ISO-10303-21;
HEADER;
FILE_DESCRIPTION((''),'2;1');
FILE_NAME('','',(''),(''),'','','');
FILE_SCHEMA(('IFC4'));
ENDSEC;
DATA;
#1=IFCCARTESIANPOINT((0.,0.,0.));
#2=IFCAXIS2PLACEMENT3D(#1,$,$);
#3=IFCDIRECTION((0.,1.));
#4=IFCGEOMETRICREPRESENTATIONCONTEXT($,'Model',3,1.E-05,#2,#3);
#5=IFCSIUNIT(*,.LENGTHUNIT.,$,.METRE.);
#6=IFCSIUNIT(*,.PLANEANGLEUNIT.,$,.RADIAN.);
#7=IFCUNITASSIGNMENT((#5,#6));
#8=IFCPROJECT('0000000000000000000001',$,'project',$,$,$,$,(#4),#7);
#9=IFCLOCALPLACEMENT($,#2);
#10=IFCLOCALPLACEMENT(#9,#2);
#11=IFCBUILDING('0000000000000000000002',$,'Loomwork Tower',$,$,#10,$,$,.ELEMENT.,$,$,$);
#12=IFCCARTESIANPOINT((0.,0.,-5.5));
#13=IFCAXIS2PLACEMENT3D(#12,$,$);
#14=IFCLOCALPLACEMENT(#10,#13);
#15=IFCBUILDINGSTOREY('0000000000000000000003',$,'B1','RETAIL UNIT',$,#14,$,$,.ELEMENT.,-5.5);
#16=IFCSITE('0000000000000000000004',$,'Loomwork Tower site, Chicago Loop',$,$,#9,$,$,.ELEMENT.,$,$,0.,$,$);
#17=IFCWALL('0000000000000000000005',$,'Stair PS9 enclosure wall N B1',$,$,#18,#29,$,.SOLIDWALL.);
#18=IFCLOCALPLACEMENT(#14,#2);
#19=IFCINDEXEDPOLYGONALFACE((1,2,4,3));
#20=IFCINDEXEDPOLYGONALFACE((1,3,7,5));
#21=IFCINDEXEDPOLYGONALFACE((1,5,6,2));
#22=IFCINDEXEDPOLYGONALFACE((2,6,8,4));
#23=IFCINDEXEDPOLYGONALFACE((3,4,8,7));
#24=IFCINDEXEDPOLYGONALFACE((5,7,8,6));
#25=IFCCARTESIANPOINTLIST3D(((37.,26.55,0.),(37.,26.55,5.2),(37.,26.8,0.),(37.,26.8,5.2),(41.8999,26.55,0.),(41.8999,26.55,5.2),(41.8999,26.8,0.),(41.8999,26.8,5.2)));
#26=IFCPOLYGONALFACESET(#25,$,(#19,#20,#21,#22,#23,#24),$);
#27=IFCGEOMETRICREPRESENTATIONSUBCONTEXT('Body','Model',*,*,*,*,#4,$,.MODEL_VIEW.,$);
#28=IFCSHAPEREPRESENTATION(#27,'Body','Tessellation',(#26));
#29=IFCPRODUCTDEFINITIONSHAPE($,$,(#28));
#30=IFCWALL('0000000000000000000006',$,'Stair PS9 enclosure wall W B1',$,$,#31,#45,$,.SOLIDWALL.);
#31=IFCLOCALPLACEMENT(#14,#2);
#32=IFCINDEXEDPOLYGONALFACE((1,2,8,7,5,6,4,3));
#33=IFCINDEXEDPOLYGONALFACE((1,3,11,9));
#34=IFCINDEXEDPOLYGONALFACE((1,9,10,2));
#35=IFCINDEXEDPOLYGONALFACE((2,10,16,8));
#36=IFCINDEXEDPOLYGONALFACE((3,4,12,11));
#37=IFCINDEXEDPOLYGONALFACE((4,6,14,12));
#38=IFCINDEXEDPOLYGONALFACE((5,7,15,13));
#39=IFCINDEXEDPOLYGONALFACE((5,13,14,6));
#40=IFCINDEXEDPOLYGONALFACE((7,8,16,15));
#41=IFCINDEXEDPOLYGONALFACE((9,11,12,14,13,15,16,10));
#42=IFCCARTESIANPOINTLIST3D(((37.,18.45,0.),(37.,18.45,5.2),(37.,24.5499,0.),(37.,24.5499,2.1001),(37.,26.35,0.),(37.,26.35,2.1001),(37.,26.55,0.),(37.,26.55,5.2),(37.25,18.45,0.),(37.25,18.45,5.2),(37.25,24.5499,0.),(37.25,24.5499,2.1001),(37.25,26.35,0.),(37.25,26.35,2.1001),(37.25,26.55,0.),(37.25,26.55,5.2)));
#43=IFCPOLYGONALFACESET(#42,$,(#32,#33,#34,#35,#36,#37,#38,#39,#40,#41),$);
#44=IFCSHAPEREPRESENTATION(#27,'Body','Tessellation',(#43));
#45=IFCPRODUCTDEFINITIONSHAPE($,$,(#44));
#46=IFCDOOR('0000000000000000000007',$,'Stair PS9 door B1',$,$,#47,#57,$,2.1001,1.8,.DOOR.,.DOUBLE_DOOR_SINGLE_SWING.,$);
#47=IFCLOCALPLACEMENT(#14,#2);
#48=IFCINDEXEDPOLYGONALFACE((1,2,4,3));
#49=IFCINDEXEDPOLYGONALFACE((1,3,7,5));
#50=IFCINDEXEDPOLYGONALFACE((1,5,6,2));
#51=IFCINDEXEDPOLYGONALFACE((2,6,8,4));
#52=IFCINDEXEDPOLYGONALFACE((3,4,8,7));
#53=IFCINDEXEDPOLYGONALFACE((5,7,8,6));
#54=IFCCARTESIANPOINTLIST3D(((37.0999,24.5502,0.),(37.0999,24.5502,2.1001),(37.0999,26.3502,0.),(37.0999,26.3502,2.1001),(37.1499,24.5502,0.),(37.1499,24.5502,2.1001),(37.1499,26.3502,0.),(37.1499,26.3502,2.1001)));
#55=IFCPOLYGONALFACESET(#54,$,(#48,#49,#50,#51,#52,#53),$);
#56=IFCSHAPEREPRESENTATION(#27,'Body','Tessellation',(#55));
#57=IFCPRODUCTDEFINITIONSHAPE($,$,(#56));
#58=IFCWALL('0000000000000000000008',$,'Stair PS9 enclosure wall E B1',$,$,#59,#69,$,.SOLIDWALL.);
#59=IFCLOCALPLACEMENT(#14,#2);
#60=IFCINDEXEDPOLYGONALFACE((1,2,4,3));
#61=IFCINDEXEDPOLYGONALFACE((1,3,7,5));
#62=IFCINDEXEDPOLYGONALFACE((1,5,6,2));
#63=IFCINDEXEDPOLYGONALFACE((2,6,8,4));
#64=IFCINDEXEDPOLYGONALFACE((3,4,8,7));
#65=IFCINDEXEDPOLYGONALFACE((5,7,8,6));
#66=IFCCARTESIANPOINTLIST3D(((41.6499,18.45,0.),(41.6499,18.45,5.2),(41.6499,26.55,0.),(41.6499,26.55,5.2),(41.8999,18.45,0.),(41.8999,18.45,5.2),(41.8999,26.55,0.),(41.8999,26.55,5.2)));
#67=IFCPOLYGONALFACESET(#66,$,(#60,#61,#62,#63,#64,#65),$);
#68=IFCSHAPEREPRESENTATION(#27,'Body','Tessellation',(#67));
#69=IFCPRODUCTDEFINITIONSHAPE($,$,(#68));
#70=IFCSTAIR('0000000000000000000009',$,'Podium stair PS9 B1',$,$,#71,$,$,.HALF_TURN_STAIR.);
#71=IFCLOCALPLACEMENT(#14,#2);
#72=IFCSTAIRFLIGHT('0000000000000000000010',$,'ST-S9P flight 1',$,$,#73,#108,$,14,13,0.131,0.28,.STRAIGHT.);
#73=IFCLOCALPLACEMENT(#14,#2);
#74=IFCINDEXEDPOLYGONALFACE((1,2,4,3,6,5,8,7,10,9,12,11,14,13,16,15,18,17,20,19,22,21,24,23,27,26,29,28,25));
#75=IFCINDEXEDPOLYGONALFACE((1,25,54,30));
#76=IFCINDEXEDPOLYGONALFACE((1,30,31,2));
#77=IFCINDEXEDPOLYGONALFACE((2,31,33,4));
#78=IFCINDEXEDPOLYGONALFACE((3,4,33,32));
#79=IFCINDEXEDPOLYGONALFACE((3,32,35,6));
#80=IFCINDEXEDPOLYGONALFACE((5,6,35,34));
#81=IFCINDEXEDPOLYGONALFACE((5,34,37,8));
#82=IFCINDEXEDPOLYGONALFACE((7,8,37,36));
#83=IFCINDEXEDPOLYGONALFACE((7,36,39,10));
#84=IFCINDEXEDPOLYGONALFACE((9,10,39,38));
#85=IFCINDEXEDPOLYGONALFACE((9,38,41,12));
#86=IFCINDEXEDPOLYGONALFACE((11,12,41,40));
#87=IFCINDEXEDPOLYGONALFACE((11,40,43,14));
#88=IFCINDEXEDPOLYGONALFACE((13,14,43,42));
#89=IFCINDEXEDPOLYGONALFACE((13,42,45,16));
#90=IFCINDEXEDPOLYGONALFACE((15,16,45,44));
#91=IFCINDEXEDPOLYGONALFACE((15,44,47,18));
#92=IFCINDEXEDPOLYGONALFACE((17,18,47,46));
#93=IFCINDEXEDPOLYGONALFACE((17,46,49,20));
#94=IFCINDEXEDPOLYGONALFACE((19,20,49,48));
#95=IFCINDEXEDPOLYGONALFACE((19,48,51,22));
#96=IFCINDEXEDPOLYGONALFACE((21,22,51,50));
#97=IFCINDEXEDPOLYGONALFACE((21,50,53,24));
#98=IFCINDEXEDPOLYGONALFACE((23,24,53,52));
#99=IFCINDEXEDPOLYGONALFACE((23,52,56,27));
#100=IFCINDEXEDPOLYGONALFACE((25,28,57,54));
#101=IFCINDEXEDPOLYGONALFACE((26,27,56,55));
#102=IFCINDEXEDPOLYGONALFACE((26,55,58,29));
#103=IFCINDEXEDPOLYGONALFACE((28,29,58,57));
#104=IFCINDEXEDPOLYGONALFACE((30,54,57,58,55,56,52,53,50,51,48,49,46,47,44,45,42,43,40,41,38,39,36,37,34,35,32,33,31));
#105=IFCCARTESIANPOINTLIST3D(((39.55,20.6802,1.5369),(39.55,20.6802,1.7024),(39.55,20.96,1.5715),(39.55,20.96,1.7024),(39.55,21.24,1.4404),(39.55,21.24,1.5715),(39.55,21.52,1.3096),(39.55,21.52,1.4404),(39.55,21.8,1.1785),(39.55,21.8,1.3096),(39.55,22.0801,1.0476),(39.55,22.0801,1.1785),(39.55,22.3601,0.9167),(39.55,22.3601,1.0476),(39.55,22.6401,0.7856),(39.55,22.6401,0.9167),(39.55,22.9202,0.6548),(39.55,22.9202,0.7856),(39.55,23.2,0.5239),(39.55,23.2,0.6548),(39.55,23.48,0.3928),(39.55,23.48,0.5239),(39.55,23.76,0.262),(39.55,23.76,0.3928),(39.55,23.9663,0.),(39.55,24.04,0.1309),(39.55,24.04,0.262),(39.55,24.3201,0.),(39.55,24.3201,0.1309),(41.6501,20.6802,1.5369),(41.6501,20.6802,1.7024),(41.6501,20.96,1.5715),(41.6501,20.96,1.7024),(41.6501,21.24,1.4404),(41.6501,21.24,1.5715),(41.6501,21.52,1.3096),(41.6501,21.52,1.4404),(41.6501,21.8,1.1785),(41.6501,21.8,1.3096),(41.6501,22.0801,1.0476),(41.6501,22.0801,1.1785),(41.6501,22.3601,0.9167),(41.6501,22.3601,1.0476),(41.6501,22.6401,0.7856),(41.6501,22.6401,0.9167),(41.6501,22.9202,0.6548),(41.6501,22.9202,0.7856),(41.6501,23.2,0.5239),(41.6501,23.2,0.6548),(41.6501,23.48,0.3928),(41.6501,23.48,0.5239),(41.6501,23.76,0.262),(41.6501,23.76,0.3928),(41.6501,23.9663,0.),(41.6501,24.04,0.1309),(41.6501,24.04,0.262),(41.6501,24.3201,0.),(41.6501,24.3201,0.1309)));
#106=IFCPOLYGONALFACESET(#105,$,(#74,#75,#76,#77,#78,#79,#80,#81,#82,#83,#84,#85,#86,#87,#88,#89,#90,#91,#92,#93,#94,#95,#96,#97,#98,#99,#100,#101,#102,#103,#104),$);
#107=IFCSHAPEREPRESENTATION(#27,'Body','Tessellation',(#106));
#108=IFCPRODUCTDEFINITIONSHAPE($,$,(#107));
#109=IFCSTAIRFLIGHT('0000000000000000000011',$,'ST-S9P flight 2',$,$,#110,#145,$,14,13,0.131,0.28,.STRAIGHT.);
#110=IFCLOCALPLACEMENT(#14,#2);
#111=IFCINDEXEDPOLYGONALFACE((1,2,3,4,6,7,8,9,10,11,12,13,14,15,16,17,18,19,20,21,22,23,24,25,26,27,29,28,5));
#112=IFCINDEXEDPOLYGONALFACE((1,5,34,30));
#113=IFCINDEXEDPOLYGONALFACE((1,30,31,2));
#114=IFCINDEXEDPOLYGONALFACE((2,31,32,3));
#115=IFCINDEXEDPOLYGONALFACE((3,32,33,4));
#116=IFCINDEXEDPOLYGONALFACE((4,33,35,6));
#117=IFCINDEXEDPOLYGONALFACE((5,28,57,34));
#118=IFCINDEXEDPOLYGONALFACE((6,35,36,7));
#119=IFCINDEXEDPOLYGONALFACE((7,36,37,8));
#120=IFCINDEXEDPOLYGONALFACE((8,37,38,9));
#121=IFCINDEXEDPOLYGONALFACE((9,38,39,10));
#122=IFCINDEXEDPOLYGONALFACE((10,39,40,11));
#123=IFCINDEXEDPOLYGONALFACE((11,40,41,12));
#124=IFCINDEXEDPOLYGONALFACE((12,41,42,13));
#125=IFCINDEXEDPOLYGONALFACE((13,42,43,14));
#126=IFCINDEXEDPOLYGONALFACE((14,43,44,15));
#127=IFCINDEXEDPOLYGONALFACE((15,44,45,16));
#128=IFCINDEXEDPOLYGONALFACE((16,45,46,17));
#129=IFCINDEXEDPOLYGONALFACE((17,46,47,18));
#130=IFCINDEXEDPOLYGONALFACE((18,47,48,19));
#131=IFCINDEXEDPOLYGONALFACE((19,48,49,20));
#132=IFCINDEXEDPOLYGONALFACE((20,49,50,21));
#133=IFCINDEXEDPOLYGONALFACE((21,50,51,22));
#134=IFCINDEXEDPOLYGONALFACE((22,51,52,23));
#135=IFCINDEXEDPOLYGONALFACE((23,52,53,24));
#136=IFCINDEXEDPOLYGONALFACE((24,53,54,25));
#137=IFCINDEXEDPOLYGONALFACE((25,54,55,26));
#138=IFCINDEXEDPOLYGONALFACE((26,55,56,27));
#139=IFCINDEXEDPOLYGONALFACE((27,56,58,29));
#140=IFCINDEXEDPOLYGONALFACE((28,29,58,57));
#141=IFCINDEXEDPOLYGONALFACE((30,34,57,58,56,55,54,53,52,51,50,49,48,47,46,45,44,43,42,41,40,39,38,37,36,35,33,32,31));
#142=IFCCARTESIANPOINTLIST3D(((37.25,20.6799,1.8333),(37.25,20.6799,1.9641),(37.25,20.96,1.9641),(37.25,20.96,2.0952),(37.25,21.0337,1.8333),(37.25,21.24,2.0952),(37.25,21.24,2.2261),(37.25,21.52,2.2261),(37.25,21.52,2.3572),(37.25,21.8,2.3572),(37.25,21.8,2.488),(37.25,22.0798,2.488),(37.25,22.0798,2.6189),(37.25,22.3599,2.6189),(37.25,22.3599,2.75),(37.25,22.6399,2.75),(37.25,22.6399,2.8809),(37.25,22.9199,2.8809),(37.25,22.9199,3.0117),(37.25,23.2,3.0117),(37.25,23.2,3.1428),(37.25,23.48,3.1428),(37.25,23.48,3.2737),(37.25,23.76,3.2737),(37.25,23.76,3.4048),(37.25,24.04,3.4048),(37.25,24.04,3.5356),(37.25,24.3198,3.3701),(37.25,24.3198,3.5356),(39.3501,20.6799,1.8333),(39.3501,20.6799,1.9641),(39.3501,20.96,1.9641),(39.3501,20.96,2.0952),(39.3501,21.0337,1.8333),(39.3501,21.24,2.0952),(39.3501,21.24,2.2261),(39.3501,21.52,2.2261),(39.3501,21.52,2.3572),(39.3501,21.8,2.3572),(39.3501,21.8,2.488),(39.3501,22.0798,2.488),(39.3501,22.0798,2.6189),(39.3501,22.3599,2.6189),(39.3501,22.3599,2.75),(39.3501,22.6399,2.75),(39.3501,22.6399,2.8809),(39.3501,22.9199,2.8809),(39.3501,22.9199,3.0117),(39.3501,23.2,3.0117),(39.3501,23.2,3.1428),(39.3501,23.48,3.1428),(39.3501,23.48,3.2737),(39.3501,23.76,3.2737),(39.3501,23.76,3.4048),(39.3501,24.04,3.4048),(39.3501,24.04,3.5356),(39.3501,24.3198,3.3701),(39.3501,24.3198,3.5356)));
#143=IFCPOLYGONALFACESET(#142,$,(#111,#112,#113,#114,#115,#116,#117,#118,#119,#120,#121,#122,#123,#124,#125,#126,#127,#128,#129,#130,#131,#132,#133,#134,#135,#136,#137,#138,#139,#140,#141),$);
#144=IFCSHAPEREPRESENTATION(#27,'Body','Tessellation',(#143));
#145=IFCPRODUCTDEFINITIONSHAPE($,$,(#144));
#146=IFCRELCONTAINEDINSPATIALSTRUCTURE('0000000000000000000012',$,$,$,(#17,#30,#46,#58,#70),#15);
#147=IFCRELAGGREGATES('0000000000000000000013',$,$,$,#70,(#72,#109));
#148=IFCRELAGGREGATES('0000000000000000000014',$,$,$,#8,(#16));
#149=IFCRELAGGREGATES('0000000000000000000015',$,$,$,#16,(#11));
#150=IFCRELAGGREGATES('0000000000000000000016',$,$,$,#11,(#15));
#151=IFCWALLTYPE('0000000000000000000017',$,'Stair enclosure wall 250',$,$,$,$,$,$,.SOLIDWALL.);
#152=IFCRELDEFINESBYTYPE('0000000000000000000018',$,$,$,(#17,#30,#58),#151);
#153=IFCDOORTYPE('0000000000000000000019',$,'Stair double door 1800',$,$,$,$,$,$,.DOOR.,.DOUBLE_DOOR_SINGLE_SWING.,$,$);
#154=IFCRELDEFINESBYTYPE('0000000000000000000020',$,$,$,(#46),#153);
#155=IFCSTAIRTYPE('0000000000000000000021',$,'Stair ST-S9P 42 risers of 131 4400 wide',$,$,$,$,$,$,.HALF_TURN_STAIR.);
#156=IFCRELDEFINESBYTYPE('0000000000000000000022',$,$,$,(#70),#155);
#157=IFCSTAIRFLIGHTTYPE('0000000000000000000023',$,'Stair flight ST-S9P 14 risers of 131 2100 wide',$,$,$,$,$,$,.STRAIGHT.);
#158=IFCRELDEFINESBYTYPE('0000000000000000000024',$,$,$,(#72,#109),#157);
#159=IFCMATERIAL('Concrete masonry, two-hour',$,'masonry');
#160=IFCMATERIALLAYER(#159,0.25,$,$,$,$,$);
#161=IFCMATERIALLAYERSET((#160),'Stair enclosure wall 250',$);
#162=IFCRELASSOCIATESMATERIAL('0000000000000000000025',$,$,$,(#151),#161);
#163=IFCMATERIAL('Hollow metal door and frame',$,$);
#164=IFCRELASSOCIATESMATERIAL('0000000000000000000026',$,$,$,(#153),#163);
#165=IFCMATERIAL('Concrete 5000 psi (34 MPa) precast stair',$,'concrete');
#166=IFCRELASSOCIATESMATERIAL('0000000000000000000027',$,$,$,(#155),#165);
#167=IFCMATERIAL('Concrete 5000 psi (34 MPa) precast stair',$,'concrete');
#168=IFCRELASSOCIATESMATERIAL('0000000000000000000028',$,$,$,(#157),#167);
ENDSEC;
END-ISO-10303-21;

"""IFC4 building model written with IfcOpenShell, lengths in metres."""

from ifc_helpers import new_model, si_unit, direction, frame, frame_2d, origin, place, context, subcontext, project, spatial, polyline, rectangle, outline, extrude, material, layer, layer_set, type_object, element, fill, aggregate, save


model = new_model("IFC4")

# Units and contexts
model_context = context("Model", 3, precision=1e-05, world=origin(), true_north=direction((0.0, 1.0)))
body_context = subcontext(model_context, "Body", "Model", "MODEL_VIEW")
ifc_project = project(units=[si_unit("LENGTHUNIT", "METRE"), si_unit("PLANEANGLEUNIT", "RADIAN")], contexts=[model_context])

# Site, building, storey
site_placement = place(None, origin())
site = spatial("IfcSite", under=ifc_project, at=site_placement, Name="Loomwork Tower site, Chicago Loop", CompositionType="ELEMENT", RefElevation=0.0)
building_placement = place(site_placement, origin())
building = spatial("IfcBuilding", under=site, at=building_placement, Name="Loomwork Tower", CompositionType="ELEMENT")
storey_placement = place(building_placement, frame((0.0, 0.0, -5.5)))
storey = spatial("IfcBuildingStorey", under=building, at=storey_placement, Name="B1", Description="RETAIL UNIT", CompositionType="ELEMENT", Elevation=-5.5)

# Wall
ifc_material_1 = material(Name="Concrete masonry, two-hour", Category="masonry")
ifc_layer_1 = layer(ifc_material_1, 0.25)
ifc_layer_set_1 = layer_set([ifc_layer_1], Name="Stair enclosure wall 250")
wall_type_1 = type_object("IfcWallType", Name="Stair enclosure wall 250", PredefinedType="SOLIDWALL", material=ifc_layer_set_1)
wall_1_placement = place(storey_placement, frame((37.0, 26.675, 0.0), z_axis=(0.0, 0.0, 1.0), x_axis=(1.0, 0.0, 0.0)))
element("IfcWall", 1, at=wall_1_placement, inside=storey, type_object=wall_type_1, Name="Stair PS9 enclosure wall N B1", PredefinedType="SOLIDWALL", context=body_context, shape_type="SweptSolid", body=[
    extrude(rectangle(XDim=4.8999, YDim=0.25, at=frame_2d((2.45, 0.0))), origin(), (0.0, 0.0, 1.0), 5.2),
])

# Wall, opening, door
wall_2_placement = place(storey_placement, frame((37.125, 18.45, 0.0), z_axis=(0.0, 0.0, 1.0), x_axis=(0.0, 1.0, 0.0)))
wall_2 = element("IfcWall", 2, at=wall_2_placement, inside=storey, type_object=wall_type_1, Name="Stair PS9 enclosure wall W B1", PredefinedType="SOLIDWALL", context=body_context, shape_type="SweptSolid", body=[
    extrude(rectangle(XDim=8.1001, YDim=0.25, at=frame_2d((4.05, 0.0))), origin(), (0.0, 0.0, 1.0), 5.2),
])
opening_1_placement = place(wall_2_placement, frame((6.1001, 0.0, 0.0)))
opening_1 = element("IfcOpeningElement", 3, at=opening_1_placement, cuts=wall_2, PredefinedType="OPENING", context=body_context, shape_type="SweptSolid", body=[
    extrude(rectangle(XDim=1.8, YDim=2.1001, at=frame_2d((0.8999, 1.05))), frame((0.0, 0.135, 0.0), z_axis=(0.0, -1.0, 0.0), x_axis=(1.0, 0.0, 0.0)), (0.0, 0.0, 1.0), 0.27),
])
ifc_material_2 = material(Name="Hollow metal door and frame")
door_type_1 = type_object("IfcDoorType", Name="Stair double door 1800", OperationType="DOUBLE_DOOR_SINGLE_SWING", PredefinedType="DOOR", material=ifc_material_2)
door_1_placement = place(opening_1_placement, frame((1.8, 0.0, 0.0), z_axis=(0.0, 0.0, 1.0), x_axis=(-1.0, 0.0, 0.0)))
door_1 = element("IfcDoor", 4, at=door_1_placement, inside=storey, type_object=door_type_1, Name="Stair PS9 door B1", OperationType="DOUBLE_DOOR_SINGLE_SWING", OverallHeight=2.1001, OverallWidth=1.8, PredefinedType="DOOR", context=body_context, shape_type="SweptSolid", body=[
    extrude(rectangle(XDim=1.8, YDim=2.1001, at=frame_2d((0.8999, 1.05))), frame((0.0, 0.0249, 0.0), z_axis=(0.0, -1.0, 0.0), x_axis=(1.0, 0.0, 0.0)), (0.0, 0.0, 1.0), 0.05),
])
fill(opening_1, door_1)

# Wall
wall_3_placement = place(storey_placement, frame((41.7749, 18.45, 0.0), z_axis=(0.0, 0.0, 1.0), x_axis=(0.0, 1.0, 0.0)))
element("IfcWall", 5, at=wall_3_placement, inside=storey, type_object=wall_type_1, Name="Stair PS9 enclosure wall E B1", PredefinedType="SOLIDWALL", context=body_context, shape_type="SweptSolid", body=[
    extrude(rectangle(XDim=8.1001, YDim=0.25, at=frame_2d((4.05, 0.0))), origin(), (0.0, 0.0, 1.0), 5.2),
])

# Stair, stair flights
ifc_material_3 = material(Name="Concrete 5000 psi (34 MPa) precast stair", Category="concrete")
stair_type = type_object("IfcStairType", Name="Stair ST-S9P 42 risers of 131 4400 wide", PredefinedType="HALF_TURN_STAIR", material=ifc_material_3)
stair_placement = place(storey_placement, origin())
stair = element("IfcStair", 6, at=stair_placement, inside=storey, type_object=stair_type, Name="Podium stair PS9 B1", PredefinedType="HALF_TURN_STAIR")
ifc_material_4 = material(Name="Concrete 5000 psi (34 MPa) precast stair", Category="concrete")
stair_flight_type = type_object("IfcStairFlightType", Name="Stair flight ST-S9P 14 risers of 131 2100 wide", PredefinedType="STRAIGHT", material=ifc_material_4)
stair_flight_1_placement = place(storey_placement, frame((40.6001, 24.3201, 0.0), z_axis=(0.0, 0.0, 1.0), x_axis=(0.0, -1.0, 0.0)))
stair_flight_1 = element("IfcStairFlight", 7, at=stair_flight_1_placement, type_object=stair_flight_type, Name="ST-S9P flight 1", NumberOfRisers=14, NumberOfTreads=13, PredefinedType="STRAIGHT", RiserHeight=0.131, TreadLength=0.28, context=body_context, shape_type="SweptSolid", body=[
    extrude(outline(polyline([(0.0, 0.0), (0.0, 0.1309), (0.28, 0.1309), (0.28, 0.262), (0.5601, 0.262), (0.5601, 0.3928), (0.8401, 0.3928), (0.8401, 0.5239), (1.1201, 0.5239), (1.1201, 0.6548), (1.3999, 0.6548), (1.3999, 0.7856), (1.6799, 0.7856), (1.6799, 0.9167), (1.96, 0.9167), (1.96, 1.0476), (2.24, 1.0476), (2.24, 1.1785), (2.52, 1.1785), (2.52, 1.3096), (2.8, 1.3096), (2.8, 1.4404), (3.0801, 1.4404), (3.0801, 1.5715), (3.3601, 1.5715), (3.3601, 1.7024), (3.6399, 1.7024), (3.6399, 1.8333), (3.6399, 1.5369), (0.3538, 0.0), (0.0, 0.0)])), frame((0.0, 1.05, 0.0), z_axis=(0.0, -1.0, 0.0), x_axis=(1.0, 0.0, 0.0)), (0.0, 0.0, 1.0), 2.1001),
])
stair_flight_2_placement = place(storey_placement, frame((38.3, 20.6799, 1.8333), z_axis=(0.0, 0.0, 1.0), x_axis=(0.0, 1.0, 0.0)))
stair_flight_2 = element("IfcStairFlight", 8, at=stair_flight_2_placement, type_object=stair_flight_type, Name="ST-S9P flight 2", NumberOfRisers=14, NumberOfTreads=13, PredefinedType="STRAIGHT", RiserHeight=0.131, TreadLength=0.28, context=body_context, shape_type="SweptSolid", body=[
    extrude(outline(polyline([(0.0, 0.0), (0.0, 0.1309), (0.28, 0.1309), (0.28, 0.262), (0.5601, 0.262), (0.5601, 0.3928), (0.8401, 0.3928), (0.8401, 0.5239), (1.1201, 0.5239), (1.1201, 0.6548), (1.3999, 0.6548), (1.3999, 0.7856), (1.6799, 0.7856), (1.6799, 0.9167), (1.96, 0.9167), (1.96, 1.0476), (2.24, 1.0476), (2.24, 1.1785), (2.52, 1.1785), (2.52, 1.3096), (2.8, 1.3096), (2.8, 1.4404), (3.0801, 1.4404), (3.0801, 1.5715), (3.3601, 1.5715), (3.3601, 1.7024), (3.6399, 1.7024), (3.6399, 1.8333), (3.6399, 1.5369), (0.3538, 0.0), (0.0, 0.0)])), frame((0.0, 1.05, 0.0), z_axis=(0.0, -1.0, 0.0), x_axis=(1.0, 0.0, 0.0)), (0.0, 0.0, 1.0), 2.1001),
])
aggregate(stair, [stair_flight_1, stair_flight_2])

save(model, "model.ifc")
